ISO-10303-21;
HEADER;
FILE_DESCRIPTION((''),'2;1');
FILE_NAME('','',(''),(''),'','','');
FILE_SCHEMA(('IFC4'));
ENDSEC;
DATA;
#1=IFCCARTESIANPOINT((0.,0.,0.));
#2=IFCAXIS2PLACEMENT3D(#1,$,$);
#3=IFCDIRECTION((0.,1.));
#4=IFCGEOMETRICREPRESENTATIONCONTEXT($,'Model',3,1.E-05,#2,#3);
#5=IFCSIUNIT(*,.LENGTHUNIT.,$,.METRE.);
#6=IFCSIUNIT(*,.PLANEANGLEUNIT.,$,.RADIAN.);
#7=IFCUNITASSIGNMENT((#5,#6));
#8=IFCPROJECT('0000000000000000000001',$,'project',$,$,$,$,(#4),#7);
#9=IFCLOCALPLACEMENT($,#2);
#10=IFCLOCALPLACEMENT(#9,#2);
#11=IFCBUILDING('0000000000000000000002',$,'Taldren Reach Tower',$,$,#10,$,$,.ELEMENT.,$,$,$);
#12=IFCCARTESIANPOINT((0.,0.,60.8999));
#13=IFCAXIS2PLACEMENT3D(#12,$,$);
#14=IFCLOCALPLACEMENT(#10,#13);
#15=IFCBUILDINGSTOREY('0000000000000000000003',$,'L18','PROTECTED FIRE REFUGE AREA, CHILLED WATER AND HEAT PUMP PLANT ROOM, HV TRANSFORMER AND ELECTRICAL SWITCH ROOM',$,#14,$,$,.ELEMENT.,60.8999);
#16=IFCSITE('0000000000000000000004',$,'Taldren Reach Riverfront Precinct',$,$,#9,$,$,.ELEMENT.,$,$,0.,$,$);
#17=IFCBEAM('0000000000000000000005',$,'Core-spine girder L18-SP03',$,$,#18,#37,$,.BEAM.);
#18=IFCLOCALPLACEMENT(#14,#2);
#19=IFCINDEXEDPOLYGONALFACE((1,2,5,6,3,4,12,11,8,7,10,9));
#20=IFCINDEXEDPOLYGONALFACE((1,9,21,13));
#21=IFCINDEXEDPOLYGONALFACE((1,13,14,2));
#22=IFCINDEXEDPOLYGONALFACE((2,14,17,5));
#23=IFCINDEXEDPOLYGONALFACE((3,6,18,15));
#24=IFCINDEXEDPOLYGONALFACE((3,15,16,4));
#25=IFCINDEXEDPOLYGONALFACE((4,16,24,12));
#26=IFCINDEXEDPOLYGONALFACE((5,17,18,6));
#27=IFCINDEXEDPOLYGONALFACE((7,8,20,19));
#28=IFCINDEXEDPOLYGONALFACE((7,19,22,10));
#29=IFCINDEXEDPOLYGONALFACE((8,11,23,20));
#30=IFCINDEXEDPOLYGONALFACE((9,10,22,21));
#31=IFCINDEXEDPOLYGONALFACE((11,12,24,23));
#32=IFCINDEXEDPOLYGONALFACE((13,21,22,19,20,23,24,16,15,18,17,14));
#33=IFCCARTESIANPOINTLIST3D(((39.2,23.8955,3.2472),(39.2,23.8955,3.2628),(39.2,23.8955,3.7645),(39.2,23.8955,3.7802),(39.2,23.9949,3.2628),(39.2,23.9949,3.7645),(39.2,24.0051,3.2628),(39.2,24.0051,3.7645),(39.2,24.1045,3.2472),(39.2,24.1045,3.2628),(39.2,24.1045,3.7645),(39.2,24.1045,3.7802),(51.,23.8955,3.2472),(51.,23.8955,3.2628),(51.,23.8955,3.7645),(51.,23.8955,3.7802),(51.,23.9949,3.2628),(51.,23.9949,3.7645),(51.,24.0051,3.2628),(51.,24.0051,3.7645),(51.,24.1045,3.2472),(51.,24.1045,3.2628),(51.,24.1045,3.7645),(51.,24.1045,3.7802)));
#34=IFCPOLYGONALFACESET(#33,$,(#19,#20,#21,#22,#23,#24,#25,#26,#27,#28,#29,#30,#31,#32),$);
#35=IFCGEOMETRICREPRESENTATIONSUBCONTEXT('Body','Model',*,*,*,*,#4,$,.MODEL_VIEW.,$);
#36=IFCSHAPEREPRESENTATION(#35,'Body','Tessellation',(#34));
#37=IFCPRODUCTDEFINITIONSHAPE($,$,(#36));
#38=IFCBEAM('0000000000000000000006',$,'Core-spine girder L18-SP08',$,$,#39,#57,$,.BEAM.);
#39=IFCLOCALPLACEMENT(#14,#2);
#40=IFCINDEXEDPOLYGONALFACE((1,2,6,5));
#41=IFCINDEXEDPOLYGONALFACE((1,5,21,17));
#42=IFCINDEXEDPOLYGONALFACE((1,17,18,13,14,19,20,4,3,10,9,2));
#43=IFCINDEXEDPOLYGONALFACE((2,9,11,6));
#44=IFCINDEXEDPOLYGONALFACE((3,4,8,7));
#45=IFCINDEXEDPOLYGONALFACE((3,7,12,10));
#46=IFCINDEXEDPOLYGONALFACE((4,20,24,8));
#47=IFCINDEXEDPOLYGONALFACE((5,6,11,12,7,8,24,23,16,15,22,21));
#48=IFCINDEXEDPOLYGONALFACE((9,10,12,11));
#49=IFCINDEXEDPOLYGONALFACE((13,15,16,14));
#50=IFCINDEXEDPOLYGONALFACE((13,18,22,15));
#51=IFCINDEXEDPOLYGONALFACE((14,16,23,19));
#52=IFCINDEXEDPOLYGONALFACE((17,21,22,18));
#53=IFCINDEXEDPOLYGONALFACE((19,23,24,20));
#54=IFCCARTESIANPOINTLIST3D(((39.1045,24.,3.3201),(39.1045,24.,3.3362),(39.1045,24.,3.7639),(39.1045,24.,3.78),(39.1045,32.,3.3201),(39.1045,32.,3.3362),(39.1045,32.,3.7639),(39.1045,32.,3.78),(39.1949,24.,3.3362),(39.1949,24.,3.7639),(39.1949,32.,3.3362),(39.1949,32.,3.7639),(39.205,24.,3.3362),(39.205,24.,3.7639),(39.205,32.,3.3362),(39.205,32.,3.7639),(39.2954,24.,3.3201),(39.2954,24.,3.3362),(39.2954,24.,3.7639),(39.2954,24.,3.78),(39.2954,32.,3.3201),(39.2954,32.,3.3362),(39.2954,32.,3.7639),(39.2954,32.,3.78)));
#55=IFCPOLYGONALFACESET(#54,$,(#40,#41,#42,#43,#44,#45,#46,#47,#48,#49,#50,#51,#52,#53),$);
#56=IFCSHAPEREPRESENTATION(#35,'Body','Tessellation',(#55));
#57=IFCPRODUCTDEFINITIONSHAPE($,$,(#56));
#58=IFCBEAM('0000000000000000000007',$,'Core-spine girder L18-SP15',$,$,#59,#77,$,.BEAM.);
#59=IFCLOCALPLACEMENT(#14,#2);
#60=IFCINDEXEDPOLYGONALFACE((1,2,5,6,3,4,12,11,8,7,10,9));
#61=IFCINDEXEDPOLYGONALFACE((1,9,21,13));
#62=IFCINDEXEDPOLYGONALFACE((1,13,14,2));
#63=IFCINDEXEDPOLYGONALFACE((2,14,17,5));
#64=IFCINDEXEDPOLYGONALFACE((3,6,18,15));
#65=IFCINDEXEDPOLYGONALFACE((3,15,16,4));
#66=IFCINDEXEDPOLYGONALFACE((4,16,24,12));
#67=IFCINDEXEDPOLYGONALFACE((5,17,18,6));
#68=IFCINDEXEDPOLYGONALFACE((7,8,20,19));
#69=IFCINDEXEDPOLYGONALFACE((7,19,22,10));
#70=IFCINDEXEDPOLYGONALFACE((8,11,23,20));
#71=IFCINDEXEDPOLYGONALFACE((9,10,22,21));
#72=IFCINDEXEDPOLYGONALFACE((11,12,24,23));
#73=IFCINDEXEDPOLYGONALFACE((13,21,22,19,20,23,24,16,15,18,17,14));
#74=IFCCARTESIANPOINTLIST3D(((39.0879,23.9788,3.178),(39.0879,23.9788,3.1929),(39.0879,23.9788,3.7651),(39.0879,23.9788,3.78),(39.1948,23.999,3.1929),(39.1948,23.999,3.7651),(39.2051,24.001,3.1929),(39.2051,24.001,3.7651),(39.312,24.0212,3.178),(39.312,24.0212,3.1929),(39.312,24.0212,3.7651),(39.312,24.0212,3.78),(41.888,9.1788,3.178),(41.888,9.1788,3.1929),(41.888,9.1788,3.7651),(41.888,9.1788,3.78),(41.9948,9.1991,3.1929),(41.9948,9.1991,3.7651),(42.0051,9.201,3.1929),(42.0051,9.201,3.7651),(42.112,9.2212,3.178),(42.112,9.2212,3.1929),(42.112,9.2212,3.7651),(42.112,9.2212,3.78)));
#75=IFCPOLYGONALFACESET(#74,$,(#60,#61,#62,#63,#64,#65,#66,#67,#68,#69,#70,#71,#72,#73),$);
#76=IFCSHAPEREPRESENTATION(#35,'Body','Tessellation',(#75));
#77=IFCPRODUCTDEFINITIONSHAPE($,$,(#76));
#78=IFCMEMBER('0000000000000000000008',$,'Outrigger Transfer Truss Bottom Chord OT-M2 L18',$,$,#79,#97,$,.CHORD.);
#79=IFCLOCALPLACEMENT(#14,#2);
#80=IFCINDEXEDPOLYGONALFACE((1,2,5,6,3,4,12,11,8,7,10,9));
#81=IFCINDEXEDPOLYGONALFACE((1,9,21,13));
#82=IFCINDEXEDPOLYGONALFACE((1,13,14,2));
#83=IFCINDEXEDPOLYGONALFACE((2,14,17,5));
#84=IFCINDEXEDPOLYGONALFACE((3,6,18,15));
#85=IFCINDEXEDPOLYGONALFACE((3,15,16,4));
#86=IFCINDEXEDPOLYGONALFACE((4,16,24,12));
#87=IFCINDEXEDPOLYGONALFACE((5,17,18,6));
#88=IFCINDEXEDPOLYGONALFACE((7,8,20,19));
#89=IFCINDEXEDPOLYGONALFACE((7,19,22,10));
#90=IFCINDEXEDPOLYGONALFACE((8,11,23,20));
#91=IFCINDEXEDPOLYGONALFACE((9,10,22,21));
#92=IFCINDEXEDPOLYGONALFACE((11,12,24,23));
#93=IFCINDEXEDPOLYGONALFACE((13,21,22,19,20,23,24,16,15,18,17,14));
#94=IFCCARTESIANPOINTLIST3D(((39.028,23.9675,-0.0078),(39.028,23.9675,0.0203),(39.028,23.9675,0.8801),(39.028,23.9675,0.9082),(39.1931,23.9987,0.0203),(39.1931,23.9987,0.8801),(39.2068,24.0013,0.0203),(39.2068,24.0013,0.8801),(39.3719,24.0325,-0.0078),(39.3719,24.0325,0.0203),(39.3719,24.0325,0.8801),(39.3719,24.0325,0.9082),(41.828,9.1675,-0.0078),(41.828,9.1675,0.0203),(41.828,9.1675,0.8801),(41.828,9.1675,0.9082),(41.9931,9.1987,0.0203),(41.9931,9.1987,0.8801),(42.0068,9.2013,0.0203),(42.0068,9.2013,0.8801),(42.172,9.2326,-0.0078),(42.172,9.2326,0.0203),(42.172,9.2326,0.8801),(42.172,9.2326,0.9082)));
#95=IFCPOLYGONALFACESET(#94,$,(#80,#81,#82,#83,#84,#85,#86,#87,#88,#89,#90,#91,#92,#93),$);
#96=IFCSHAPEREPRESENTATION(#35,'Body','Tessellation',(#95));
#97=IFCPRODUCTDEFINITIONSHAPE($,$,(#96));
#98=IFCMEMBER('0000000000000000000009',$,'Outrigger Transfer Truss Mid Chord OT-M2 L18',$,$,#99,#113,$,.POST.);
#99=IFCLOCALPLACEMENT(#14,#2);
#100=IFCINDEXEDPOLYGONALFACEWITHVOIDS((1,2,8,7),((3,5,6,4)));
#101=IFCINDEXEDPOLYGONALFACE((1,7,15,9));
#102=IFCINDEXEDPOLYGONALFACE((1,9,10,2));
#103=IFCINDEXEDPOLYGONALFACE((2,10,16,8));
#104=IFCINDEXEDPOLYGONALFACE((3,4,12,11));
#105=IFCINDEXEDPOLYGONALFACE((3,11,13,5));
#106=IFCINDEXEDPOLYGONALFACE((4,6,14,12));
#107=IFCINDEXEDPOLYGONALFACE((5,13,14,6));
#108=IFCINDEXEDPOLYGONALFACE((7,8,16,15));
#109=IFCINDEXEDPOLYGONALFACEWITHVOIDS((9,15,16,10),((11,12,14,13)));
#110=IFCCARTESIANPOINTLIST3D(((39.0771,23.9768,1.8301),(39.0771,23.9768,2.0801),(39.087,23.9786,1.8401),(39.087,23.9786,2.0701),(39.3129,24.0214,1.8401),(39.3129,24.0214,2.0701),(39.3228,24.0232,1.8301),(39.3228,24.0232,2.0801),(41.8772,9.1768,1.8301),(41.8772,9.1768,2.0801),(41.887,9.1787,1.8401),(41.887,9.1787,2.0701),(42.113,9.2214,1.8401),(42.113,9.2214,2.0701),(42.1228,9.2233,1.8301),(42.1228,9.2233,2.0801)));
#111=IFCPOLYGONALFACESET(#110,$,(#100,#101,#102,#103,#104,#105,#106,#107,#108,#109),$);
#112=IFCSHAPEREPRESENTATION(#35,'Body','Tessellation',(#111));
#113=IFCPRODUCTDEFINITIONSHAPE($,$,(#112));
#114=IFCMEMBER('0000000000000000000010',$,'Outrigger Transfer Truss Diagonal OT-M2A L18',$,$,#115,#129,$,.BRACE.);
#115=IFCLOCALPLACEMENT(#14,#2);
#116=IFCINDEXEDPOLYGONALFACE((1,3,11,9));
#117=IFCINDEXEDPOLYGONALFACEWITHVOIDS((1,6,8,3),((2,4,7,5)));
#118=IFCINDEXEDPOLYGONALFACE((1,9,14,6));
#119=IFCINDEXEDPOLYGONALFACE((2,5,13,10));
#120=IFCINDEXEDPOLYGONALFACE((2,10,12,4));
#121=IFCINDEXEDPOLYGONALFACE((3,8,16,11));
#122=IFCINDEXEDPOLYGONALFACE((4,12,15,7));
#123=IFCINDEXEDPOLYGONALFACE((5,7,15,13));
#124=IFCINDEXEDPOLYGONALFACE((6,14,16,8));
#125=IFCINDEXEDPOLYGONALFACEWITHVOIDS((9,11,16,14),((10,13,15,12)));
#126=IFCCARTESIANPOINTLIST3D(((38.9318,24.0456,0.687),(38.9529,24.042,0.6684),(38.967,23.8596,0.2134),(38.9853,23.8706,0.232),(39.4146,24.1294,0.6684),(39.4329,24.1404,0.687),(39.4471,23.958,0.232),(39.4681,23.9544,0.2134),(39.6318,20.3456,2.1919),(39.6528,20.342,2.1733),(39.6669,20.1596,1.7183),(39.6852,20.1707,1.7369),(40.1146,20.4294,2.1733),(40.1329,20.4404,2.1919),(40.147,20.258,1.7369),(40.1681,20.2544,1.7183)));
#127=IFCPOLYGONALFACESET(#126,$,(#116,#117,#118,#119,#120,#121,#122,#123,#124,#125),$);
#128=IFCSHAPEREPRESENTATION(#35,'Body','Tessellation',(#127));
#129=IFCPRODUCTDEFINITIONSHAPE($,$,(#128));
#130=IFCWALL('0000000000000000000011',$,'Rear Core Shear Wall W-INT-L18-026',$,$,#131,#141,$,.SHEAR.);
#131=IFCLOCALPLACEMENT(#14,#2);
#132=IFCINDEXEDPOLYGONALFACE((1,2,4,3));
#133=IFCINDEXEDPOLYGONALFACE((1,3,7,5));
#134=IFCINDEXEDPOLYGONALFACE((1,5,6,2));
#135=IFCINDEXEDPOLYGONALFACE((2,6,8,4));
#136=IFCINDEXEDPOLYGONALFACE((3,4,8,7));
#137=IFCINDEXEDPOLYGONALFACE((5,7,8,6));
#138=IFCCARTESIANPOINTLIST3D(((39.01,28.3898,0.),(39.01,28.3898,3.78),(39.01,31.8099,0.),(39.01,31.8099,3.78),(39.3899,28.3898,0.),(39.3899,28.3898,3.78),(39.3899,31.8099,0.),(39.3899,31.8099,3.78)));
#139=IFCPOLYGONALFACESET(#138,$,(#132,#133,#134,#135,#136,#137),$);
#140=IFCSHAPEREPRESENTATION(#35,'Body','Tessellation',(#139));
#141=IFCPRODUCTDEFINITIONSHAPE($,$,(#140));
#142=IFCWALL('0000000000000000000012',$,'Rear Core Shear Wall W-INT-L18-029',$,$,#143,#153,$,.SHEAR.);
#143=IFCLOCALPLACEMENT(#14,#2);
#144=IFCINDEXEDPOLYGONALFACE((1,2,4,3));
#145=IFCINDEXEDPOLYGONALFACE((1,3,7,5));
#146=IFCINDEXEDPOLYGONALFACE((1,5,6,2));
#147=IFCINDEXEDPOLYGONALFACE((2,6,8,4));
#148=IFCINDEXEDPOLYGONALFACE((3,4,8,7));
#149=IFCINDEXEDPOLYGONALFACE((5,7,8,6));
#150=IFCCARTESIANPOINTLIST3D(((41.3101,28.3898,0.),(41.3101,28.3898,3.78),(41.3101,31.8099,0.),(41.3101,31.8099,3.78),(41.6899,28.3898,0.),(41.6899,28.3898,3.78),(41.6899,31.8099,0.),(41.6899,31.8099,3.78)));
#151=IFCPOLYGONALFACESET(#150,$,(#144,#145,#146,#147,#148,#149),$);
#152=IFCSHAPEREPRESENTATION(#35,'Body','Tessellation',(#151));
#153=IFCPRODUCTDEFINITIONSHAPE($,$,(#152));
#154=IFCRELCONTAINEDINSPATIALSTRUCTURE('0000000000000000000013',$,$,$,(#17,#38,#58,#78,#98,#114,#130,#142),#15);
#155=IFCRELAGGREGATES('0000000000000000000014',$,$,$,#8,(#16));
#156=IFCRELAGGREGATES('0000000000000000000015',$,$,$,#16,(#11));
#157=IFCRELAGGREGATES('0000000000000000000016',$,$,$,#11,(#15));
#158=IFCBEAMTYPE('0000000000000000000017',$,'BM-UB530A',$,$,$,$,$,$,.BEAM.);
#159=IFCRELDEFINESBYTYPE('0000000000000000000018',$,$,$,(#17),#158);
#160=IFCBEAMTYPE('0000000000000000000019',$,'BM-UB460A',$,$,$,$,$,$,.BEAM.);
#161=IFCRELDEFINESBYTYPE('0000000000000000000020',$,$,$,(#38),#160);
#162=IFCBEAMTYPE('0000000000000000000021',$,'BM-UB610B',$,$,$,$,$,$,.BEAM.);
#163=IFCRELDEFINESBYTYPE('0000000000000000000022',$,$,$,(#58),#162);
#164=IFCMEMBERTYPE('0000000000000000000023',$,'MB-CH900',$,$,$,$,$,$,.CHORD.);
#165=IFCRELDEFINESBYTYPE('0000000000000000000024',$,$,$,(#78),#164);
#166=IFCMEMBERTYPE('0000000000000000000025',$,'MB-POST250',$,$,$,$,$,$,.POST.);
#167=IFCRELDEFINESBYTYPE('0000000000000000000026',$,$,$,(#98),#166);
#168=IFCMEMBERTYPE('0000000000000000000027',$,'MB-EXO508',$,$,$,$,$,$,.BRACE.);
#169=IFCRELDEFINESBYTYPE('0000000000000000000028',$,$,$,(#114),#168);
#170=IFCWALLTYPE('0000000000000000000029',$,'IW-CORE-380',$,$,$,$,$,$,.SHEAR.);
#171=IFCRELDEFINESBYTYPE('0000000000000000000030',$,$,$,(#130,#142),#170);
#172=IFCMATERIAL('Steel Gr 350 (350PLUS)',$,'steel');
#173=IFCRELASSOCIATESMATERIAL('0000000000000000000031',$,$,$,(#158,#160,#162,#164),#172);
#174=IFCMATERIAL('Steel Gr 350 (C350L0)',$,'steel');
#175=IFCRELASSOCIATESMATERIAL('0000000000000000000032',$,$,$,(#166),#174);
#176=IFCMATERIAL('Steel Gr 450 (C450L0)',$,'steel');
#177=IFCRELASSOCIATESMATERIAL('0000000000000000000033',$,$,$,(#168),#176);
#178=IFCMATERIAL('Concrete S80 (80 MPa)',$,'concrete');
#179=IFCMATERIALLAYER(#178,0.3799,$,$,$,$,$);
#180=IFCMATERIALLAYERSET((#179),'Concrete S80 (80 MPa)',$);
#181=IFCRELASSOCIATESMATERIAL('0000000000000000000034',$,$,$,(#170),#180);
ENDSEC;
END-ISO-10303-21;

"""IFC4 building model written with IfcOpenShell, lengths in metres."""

from ifc_helpers import new_model, si_unit, direction, frame, frame_2d, origin, origin_2d, place, context, subcontext, project, spatial, rectangle, hollow_rectangle, i_section, extrude, source, transform, mapped, material, layer, layer_set, material_profile, profile_set, type_object, element, save


model = new_model("IFC4")

# Units and contexts
model_context = context("Model", 3, precision=1e-05, world=origin(), true_north=direction((0.0, 1.0)))
body_context = subcontext(model_context, "Body", "Model", "MODEL_VIEW")
ifc_project = project(units=[si_unit("LENGTHUNIT", "METRE"), si_unit("PLANEANGLEUNIT", "RADIAN")], contexts=[model_context])

# Site, building, storey
site_placement = place(None, origin())
site = spatial("IfcSite", under=ifc_project, at=site_placement, Name="Taldren Reach Riverfront Precinct", CompositionType="ELEMENT", RefElevation=0.0)
building_placement = place(site_placement, origin())
building = spatial("IfcBuilding", under=site, at=building_placement, Name="Taldren Reach Tower", CompositionType="ELEMENT")
storey_placement = place(building_placement, frame((0.0, 0.0, 60.8999)))
storey = spatial("IfcBuildingStorey", under=building, at=storey_placement, Name="L18", Description="PROTECTED FIRE REFUGE AREA, CHILLED WATER AND HEAT PUMP PLANT ROOM, HV TRANSFORMER AND ELECTRICAL SWITCH ROOM", CompositionType="ELEMENT", Elevation=60.8999)

# Beams
ifc_material_1 = material(Name="Steel Gr 350 (350PLUS)", Category="steel")
ifc_material_profile_1 = material_profile(ifc_material_1, i_section(OverallWidth=0.209, OverallDepth=0.533, WebThickness=0.0103, FlangeThickness=0.0156, at=origin_2d()), Name="530UB92.4")
ifc_profile_set_1 = profile_set([ifc_material_profile_1], Name="Steel Gr 350 (350PLUS)")
beam_type_1 = type_object("IfcBeamType", Name="BM-UB530A", PredefinedType="BEAM", material=ifc_profile_set_1)
shared_shape_1 = source(origin(), body_context, "Body", "SweptSolid", [
    extrude(i_section(OverallWidth=0.209, OverallDepth=0.533, WebThickness=0.0103, FlangeThickness=0.0156, at=origin_2d()), origin(), (0.0, 0.0, 1.0), 11.8),
])
beam_1_placement = place(storey_placement, frame((39.2, 24.0, 3.5137), z_axis=(1.0, 0.0, 0.0), x_axis=(0.0, 1.0, 0.0)))
element("IfcBeam", 1, at=beam_1_placement, inside=storey, type_object=beam_type_1, Name="Core-spine girder L18-SP03", PredefinedType="BEAM", context=body_context, shape_type="MappedRepresentation", body=[
    mapped(shared_shape_1, transform((0.0, 0.0, 0.0), scale=1.0)),
])
ifc_material_profile_2 = material_profile(ifc_material_1, i_section(OverallWidth=0.1909, OverallDepth=0.46, WebThickness=0.01, FlangeThickness=0.0161, at=origin_2d()), Name="460UB82.1")
ifc_profile_set_2 = profile_set([ifc_material_profile_2], Name="Steel Gr 350 (350PLUS)")
beam_type_2 = type_object("IfcBeamType", Name="BM-UB460A", PredefinedType="BEAM", material=ifc_profile_set_2)
shared_shape_2 = source(origin(), body_context, "Body", "SweptSolid", [
    extrude(i_section(OverallWidth=0.1909, OverallDepth=0.46, WebThickness=0.01, FlangeThickness=0.0161, at=origin_2d()), origin(), (0.0, 0.0, 1.0), 8.0),
])
beam_2_placement = place(storey_placement, frame((39.2, 24.0, 3.55), z_axis=(0.0, 1.0, 0.0), x_axis=(-1.0, 0.0, 0.0)))
element("IfcBeam", 2, at=beam_2_placement, inside=storey, type_object=beam_type_2, Name="Core-spine girder L18-SP08", PredefinedType="BEAM", context=body_context, shape_type="MappedRepresentation", body=[
    mapped(shared_shape_2, transform((0.0, 0.0, 0.0), scale=1.0)),
])
ifc_material_profile_3 = material_profile(ifc_material_1, i_section(OverallWidth=0.228, OverallDepth=0.6021, WebThickness=0.0105, FlangeThickness=0.0149, at=origin_2d()), Name="610UB101")
ifc_profile_set_3 = profile_set([ifc_material_profile_3], Name="Steel Gr 350 (350PLUS)")
beam_type_3 = type_object("IfcBeamType", Name="BM-UB610B", PredefinedType="BEAM", material=ifc_profile_set_3)
shared_shape_3 = source(origin(), body_context, "Body", "SweptSolid", [
    extrude(i_section(OverallWidth=0.228, OverallDepth=0.6021, WebThickness=0.0105, FlangeThickness=0.0149, at=origin_2d()), origin(), (0.0, 0.0, 1.0), 15.0625),
])
beam_3_placement = place(storey_placement, frame((39.2, 24.0, 3.479), z_axis=(0.185894, -0.98257, 0.0), x_axis=(0.98257, 0.185894, 0.0)))
element("IfcBeam", 3, at=beam_3_placement, inside=storey, type_object=beam_type_3, Name="Core-spine girder L18-SP15", PredefinedType="BEAM", context=body_context, shape_type="MappedRepresentation", body=[
    mapped(shared_shape_3, transform((0.0, 0.0, 0.0), scale=1.0)),
])

# Members
ifc_material_profile_4 = material_profile(ifc_material_1, i_section(OverallWidth=0.3501, OverallDepth=0.916, WebThickness=0.0139, FlangeThickness=0.0281, at=origin_2d()), Name="900WB257")
ifc_profile_set_4 = profile_set([ifc_material_profile_4], Name="Steel Gr 350 (350PLUS)")
member_type_1 = type_object("IfcMemberType", Name="MB-CH900", PredefinedType="CHORD", material=ifc_profile_set_4)
shared_shape_4 = source(origin(), body_context, "Body", "SweptSolid", [
    extrude(i_section(OverallWidth=0.3501, OverallDepth=0.916, WebThickness=0.0139, FlangeThickness=0.0281, at=origin_2d()), origin(), (0.0, 0.0, 1.0), 15.0625),
])
member_1_placement = place(storey_placement, frame((39.2, 24.0, 0.4502), z_axis=(0.185894, -0.98257, 0.0), x_axis=(0.98257, 0.185894, 0.0)))
element("IfcMember", 4, at=member_1_placement, inside=storey, type_object=member_type_1, Name="Outrigger Transfer Truss Bottom Chord OT-M2 L18", PredefinedType="CHORD", context=body_context, shape_type="MappedRepresentation", body=[
    mapped(shared_shape_4, transform((0.0, 0.0, 0.0), scale=1.0)),
])
ifc_material_2 = material(Name="Steel Gr 350 (C350L0)", Category="steel")
ifc_material_profile_5 = material_profile(ifc_material_2, hollow_rectangle(XDim=0.25, YDim=0.25, WallThickness=0.01, at=origin_2d()), Name="250x250x10.0SHS")
ifc_profile_set_5 = profile_set([ifc_material_profile_5], Name="Steel Gr 350 (C350L0)")
member_type_2 = type_object("IfcMemberType", Name="MB-POST250", PredefinedType="POST", material=ifc_profile_set_5)
shared_shape_5 = source(origin(), body_context, "Body", "SweptSolid", [
    extrude(hollow_rectangle(XDim=0.25, YDim=0.25, WallThickness=0.01, at=origin_2d()), origin(), (0.0, 0.0, 1.0), 15.0625),
])
member_2_placement = place(storey_placement, frame((39.2, 24.0, 1.9551), z_axis=(0.185894, -0.98257, 0.0), x_axis=(0.98257, 0.185894, 0.0)))
element("IfcMember", 5, at=member_2_placement, inside=storey, type_object=member_type_2, Name="Outrigger Transfer Truss Mid Chord OT-M2 L18", PredefinedType="POST", context=body_context, shape_type="MappedRepresentation", body=[
    mapped(shared_shape_5, transform((0.0, 0.0, 0.0), scale=1.0)),
])
ifc_material_3 = material(Name="Steel Gr 450 (C450L0)", Category="steel")
ifc_material_profile_6 = material_profile(ifc_material_3, hollow_rectangle(XDim=0.51, YDim=0.51, WallThickness=0.02, at=origin_2d()), Name="510x510x20.0SHS")
ifc_profile_set_6 = profile_set([ifc_material_profile_6], Name="Steel Gr 450 (C450L0)")
member_type_3 = type_object("IfcMemberType", Name="MB-EXO508", PredefinedType="BRACE", material=ifc_profile_set_6)
shared_shape_6 = source(origin(), body_context, "Body", "SweptSolid", [
    extrude(hollow_rectangle(XDim=0.51, YDim=0.51, WallThickness=0.02, at=origin_2d()), origin(), (0.0, 0.0, 1.0), 4.0552),
])
member_3_placement = place(storey_placement, frame((39.2, 24.0, 0.4502), z_axis=(0.172608, -0.912408, 0.371104), x_axis=(0.982572, 0.185882, 0.0)))
element("IfcMember", 6, at=member_3_placement, inside=storey, type_object=member_type_3, Name="Outrigger Transfer Truss Diagonal OT-M2A L18", PredefinedType="BRACE", context=body_context, shape_type="MappedRepresentation", body=[
    mapped(shared_shape_6, transform((0.0, 0.0, 0.0), scale=1.0)),
])

# Walls
ifc_material_4 = material(Name="Concrete S80 (80 MPa)", Category="concrete")
ifc_layer_1 = layer(ifc_material_4, 0.3799)
ifc_layer_set_1 = layer_set([ifc_layer_1], Name="Concrete S80 (80 MPa)")
wall_type_1 = type_object("IfcWallType", Name="IW-CORE-380", PredefinedType="SHEAR", material=ifc_layer_set_1)
shared_shape_7 = source(origin(), body_context, "Body", "SweptSolid", [
    extrude(rectangle(XDim=3.4202, YDim=0.3799, at=frame_2d((1.71, 0.0))), origin(), (0.0, 0.0, 1.0), 3.78),
])
for number, where, z_axis, x_axis, name in (
    (7, (39.2, 28.3899, 0.0), (0.0, 0.0, 1.0), (0.0, 1.0, 0.0), "Rear Core Shear Wall W-INT-L18-026"),
    (8, (41.5, 28.3899, 0.0), (0.0, 0.0, 1.0), (0.0, 1.0, 0.0), "Rear Core Shear Wall W-INT-L18-029"),
):
    element("IfcWall", number, at=place(storey_placement, frame(where, z_axis=z_axis, x_axis=x_axis)), inside=storey, type_object=wall_type_1, Name=name, PredefinedType="SHEAR", context=body_context, shape_type="MappedRepresentation", body=[
        mapped(shared_shape_7, transform((0.0, 0.0, 0.0), scale=1.0)),
    ])

save(model, "model.ifc")
